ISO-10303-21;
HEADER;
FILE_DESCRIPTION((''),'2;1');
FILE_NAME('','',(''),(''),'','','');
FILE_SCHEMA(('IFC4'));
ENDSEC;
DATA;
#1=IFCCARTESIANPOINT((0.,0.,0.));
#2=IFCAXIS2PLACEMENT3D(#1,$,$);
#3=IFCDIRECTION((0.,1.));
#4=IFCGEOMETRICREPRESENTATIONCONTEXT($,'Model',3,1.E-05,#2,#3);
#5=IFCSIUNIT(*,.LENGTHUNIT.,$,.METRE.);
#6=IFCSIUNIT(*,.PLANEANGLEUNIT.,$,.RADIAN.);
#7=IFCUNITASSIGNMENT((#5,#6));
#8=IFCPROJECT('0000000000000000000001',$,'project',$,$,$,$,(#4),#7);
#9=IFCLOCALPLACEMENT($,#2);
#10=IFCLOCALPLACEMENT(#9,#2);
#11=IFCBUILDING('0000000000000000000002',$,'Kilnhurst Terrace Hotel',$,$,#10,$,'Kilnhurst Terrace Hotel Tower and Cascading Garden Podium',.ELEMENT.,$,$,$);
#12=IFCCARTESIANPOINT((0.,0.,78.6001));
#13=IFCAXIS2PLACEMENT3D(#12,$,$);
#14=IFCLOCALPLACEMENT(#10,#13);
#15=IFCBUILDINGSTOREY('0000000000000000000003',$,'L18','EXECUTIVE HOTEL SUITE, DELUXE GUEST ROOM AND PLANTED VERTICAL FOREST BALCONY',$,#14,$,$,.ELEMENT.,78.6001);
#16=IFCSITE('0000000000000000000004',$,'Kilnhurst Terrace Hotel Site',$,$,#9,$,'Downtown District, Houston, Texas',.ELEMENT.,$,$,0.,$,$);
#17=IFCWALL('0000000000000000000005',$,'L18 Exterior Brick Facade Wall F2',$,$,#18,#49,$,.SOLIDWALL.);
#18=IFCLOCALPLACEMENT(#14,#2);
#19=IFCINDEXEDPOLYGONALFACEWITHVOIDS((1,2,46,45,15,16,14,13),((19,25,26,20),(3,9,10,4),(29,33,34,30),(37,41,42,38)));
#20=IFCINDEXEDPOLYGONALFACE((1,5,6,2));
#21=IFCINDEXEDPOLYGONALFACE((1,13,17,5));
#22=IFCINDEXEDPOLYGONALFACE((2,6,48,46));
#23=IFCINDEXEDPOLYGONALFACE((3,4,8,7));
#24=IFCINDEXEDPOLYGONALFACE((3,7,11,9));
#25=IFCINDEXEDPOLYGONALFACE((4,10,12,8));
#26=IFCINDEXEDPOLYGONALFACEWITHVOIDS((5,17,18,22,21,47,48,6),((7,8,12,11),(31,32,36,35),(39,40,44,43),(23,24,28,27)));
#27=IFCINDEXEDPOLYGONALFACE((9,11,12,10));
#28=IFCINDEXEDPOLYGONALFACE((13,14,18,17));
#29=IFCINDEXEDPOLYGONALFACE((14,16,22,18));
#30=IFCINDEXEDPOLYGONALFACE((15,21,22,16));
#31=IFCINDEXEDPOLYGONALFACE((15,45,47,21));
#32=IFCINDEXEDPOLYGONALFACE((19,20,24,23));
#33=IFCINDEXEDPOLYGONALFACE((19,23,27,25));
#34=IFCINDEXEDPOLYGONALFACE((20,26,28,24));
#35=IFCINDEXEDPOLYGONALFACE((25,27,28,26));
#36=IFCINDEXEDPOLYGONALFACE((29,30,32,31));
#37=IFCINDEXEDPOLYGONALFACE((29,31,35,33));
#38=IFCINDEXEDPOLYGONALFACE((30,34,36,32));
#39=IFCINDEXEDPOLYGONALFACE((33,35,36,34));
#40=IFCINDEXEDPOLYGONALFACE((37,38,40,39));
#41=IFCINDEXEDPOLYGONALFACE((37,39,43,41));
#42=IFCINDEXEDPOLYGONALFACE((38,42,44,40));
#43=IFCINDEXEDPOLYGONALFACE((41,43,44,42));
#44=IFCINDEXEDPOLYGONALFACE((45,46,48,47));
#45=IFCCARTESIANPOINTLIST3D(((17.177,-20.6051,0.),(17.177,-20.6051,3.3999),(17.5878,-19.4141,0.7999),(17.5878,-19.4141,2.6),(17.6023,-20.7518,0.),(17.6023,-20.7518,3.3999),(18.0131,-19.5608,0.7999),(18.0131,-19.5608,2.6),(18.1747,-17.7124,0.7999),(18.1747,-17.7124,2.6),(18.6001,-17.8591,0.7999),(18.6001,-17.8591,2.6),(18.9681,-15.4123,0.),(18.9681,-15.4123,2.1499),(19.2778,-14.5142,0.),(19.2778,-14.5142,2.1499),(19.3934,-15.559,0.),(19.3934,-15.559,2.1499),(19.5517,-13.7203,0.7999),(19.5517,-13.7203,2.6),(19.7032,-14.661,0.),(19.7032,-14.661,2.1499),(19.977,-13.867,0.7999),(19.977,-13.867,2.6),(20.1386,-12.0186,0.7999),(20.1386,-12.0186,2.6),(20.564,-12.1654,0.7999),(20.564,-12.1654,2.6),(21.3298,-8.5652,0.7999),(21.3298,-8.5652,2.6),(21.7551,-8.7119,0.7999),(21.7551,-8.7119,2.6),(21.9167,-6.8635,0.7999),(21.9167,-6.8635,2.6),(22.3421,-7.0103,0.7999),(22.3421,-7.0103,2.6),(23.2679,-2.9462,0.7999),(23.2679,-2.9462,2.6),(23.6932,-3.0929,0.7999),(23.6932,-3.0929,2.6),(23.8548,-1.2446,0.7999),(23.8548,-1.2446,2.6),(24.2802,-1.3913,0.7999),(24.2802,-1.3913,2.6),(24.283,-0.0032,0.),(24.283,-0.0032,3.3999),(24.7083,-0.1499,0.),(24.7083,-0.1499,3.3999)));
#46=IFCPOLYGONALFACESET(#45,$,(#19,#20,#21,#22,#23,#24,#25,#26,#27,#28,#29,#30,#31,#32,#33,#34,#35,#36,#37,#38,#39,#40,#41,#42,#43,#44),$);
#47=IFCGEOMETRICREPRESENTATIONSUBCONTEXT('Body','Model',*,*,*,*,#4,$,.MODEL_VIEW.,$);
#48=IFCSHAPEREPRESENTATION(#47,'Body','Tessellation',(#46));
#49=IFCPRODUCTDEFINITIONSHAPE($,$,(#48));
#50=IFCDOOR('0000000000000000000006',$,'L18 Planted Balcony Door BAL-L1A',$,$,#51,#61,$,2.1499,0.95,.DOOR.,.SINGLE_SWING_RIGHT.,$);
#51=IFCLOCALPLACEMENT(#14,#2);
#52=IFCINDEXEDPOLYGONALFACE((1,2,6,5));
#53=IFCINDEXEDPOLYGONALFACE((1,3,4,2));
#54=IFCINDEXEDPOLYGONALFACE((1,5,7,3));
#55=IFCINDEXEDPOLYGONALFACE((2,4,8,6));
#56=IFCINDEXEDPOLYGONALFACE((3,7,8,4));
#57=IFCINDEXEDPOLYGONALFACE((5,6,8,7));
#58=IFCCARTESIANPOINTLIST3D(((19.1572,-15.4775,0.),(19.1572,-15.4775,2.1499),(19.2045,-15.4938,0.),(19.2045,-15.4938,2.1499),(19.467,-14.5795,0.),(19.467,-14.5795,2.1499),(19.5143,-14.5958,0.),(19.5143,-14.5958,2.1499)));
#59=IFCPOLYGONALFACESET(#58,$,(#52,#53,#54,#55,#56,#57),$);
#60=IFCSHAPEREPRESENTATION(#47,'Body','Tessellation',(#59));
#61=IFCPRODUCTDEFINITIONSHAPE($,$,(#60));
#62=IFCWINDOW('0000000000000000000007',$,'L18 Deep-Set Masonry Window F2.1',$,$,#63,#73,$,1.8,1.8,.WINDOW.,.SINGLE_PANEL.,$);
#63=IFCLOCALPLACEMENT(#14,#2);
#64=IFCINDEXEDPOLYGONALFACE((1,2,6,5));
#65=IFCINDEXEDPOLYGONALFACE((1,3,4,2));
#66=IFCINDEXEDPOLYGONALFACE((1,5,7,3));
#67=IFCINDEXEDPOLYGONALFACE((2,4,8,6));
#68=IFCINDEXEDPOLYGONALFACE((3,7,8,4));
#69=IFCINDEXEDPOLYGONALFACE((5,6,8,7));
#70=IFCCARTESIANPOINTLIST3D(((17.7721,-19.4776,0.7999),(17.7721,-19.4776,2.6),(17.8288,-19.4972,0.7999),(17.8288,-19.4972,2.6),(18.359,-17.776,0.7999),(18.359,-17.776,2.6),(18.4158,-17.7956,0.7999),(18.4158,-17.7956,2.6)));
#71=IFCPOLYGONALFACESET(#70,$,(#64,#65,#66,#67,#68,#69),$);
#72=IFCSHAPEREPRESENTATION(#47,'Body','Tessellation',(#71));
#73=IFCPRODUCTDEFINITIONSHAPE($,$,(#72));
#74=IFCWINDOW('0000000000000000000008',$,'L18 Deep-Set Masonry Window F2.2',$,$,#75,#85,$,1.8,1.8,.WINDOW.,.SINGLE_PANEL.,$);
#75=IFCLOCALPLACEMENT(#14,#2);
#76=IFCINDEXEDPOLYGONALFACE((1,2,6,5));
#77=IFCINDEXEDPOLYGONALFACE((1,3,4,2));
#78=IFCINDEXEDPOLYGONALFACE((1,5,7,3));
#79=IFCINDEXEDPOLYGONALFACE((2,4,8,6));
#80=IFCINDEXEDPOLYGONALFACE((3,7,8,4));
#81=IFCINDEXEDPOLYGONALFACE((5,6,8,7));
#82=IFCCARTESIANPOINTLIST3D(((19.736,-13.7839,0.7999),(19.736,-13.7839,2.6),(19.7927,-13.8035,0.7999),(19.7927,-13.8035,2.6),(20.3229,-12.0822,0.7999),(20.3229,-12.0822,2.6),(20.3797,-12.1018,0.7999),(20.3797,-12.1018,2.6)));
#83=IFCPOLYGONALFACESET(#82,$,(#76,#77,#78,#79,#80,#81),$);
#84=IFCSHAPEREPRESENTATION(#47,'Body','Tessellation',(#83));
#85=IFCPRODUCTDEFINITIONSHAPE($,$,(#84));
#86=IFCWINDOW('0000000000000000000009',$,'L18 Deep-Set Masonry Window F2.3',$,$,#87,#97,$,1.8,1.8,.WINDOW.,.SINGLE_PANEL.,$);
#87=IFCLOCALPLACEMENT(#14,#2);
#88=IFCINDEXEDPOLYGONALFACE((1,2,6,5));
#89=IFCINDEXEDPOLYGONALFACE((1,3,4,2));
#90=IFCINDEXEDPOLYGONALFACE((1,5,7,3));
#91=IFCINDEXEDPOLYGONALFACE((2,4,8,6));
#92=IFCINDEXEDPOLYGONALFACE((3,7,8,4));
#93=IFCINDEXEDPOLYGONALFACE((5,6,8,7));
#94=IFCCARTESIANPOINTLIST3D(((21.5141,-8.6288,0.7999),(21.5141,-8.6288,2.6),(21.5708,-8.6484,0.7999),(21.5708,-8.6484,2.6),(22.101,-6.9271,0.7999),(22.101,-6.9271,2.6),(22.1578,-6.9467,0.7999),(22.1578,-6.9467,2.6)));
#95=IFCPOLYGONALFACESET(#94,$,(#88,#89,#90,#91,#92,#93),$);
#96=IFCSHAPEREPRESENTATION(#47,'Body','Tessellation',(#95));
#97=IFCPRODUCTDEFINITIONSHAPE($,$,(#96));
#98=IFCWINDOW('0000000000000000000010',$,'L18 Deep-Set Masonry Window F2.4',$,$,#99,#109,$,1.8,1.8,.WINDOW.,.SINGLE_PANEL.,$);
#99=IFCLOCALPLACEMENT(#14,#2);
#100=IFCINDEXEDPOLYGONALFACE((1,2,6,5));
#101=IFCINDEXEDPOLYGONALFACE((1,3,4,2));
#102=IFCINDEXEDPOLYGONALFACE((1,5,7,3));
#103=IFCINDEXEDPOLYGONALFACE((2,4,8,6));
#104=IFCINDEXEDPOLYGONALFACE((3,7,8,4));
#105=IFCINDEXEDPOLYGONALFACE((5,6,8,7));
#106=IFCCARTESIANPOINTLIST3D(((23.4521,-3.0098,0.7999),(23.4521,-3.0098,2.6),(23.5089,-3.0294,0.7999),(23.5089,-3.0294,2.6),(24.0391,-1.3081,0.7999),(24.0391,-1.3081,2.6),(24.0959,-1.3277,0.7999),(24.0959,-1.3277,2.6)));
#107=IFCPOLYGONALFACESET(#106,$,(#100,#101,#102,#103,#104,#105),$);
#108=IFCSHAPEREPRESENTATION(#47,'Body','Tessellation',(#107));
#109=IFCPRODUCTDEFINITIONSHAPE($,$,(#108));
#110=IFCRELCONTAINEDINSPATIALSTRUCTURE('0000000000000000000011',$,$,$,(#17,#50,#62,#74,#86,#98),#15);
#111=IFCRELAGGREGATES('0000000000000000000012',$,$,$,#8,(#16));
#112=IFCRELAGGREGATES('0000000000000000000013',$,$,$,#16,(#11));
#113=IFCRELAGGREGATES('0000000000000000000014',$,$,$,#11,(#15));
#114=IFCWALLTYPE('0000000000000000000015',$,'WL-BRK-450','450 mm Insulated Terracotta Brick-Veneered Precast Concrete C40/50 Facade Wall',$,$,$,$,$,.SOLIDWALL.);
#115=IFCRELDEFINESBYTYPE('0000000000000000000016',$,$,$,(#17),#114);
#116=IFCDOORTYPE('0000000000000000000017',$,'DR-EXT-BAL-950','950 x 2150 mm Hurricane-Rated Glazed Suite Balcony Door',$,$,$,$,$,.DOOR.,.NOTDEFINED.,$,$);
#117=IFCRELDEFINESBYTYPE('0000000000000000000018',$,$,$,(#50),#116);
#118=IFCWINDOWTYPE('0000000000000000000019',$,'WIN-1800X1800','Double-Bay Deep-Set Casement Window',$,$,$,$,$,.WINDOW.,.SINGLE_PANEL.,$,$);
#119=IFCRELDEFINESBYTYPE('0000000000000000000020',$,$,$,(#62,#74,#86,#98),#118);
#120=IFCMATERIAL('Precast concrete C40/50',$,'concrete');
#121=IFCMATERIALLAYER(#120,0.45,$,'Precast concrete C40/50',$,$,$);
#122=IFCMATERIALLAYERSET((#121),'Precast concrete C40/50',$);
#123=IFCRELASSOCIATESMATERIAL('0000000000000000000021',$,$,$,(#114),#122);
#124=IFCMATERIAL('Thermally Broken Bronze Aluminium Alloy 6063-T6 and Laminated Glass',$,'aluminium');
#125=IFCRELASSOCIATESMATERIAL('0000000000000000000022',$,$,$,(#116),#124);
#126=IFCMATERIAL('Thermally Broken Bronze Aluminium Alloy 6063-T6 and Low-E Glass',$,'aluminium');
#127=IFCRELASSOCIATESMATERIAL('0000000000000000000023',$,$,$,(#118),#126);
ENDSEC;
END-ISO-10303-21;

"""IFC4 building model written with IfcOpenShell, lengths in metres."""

from ifc_helpers import new_model, si_unit, direction, frame, frame_2d, origin, place, context, subcontext, project, spatial, rectangle, extrude, material, layer, layer_set, type_object, element, fill, save


model = new_model("IFC4")

# Units and contexts
model_context = context("Model", 3, precision=1e-05, world=origin(), true_north=direction((0.0, 1.0)))
body_context = subcontext(model_context, "Body", "Model", "MODEL_VIEW")
ifc_project = project(units=[si_unit("LENGTHUNIT", "METRE"), si_unit("PLANEANGLEUNIT", "RADIAN")], contexts=[model_context])

# Site, building, storey
site_placement = place(None, origin())
site = spatial("IfcSite", under=ifc_project, at=site_placement, Name="Kilnhurst Terrace Hotel Site", LongName="Downtown District, Houston, Texas", CompositionType="ELEMENT", RefElevation=0.0)
building_placement = place(site_placement, origin())
building = spatial("IfcBuilding", under=site, at=building_placement, Name="Kilnhurst Terrace Hotel", LongName="Kilnhurst Terrace Hotel Tower and Cascading Garden Podium", CompositionType="ELEMENT")
storey_placement = place(building_placement, frame((0.0, 0.0, 78.6001)))
storey = spatial("IfcBuildingStorey", under=building, at=storey_placement, Name="L18", Description="EXECUTIVE HOTEL SUITE, DELUXE GUEST ROOM AND PLANTED VERTICAL FOREST BALCONY", CompositionType="ELEMENT", Elevation=78.6001)

# Shared definitions
ifc_material_1 = material(Name="Precast concrete C40/50", Category="concrete")
ifc_layer_1 = layer(ifc_material_1, 0.45, Name="Precast concrete C40/50")
ifc_layer_set_1 = layer_set([ifc_layer_1], Name="Precast concrete C40/50")
wall_type_1 = type_object("IfcWallType", Name="WL-BRK-450", Description="450 mm Insulated Terracotta Brick-Veneered Precast Concrete C40/50 Facade Wall", PredefinedType="SOLIDWALL", material=ifc_layer_set_1)

# Wall, openings, door, windows
wall_1_placement = place(storey_placement, frame((17.3896, -20.6785, 0.0), z_axis=(0.0, 0.0, 1.0), x_axis=(0.326068, 0.945346, 0.0)))
wall_1 = element("IfcWall", 1, at=wall_1_placement, inside=storey, type_object=wall_type_1, Name="L18 Exterior Brick Facade Wall F2", PredefinedType="SOLIDWALL", context=body_context, shape_type="SweptSolid", body=[
    extrude(rectangle(XDim=21.793, YDim=0.45, at=frame_2d((10.8965, 0.0))), origin(), (0.0, 0.0, 1.0), 3.3999),
])
opening_1_placement = place(wall_1_placement, frame((5.4929, 0.0, 0.0)))
opening_1 = element("IfcOpeningElement", 2, at=opening_1_placement, cuts=wall_1, PredefinedType="OPENING", context=body_context, shape_type="SweptSolid", body=[
    extrude(rectangle(XDim=0.95, YDim=2.1499, at=frame_2d((0.4751, 1.075))), frame((0.0, 0.2349, 0.0), z_axis=(0.0, -1.0, 0.0), x_axis=(1.0, 0.0, 0.0)), (0.0, 0.0, 1.0), 0.47),
])
opening_2_placement = place(wall_1_placement, frame((1.26, 0.0, 0.8)))
opening_2 = element("IfcOpeningElement", 3, at=opening_2_placement, cuts=wall_1, PredefinedType="OPENING", context=body_context, shape_type="SweptSolid", body=[
    extrude(rectangle(XDim=1.8, YDim=1.8, at=frame_2d((0.8999, 0.8999))), frame((0.0, 0.2349, 0.0), z_axis=(0.0, -1.0, 0.0), x_axis=(1.0, 0.0, 0.0)), (0.0, 0.0, 1.0), 0.47),
])
opening_3_placement = place(wall_1_placement, frame((7.283, 0.0, 0.8)))
opening_3 = element("IfcOpeningElement", 4, at=opening_3_placement, cuts=wall_1, PredefinedType="OPENING", context=body_context, shape_type="SweptSolid", body=[
    extrude(rectangle(XDim=1.8, YDim=1.8, at=frame_2d((0.8999, 0.8999))), frame((0.0, 0.2349, 0.0), z_axis=(0.0, -1.0, 0.0), x_axis=(1.0, 0.0, 0.0)), (0.0, 0.0, 1.0), 0.47),
])
opening_4_placement = place(wall_1_placement, frame((12.7361, 0.0, 0.8)))
opening_4 = element("IfcOpeningElement", 5, at=opening_4_placement, cuts=wall_1, PredefinedType="OPENING", context=body_context, shape_type="SweptSolid", body=[
    extrude(rectangle(XDim=1.8, YDim=1.8, at=frame_2d((0.8999, 0.8999))), frame((0.0, 0.2349, 0.0), z_axis=(0.0, -1.0, 0.0), x_axis=(1.0, 0.0, 0.0)), (0.0, 0.0, 1.0), 0.47),
])
opening_5_placement = place(wall_1_placement, frame((18.6799, 0.0, 0.8)))
opening_5 = element("IfcOpeningElement", 6, at=opening_5_placement, cuts=wall_1, PredefinedType="OPENING", context=body_context, shape_type="SweptSolid", body=[
    extrude(rectangle(XDim=1.8, YDim=1.8, at=frame_2d((0.8999, 0.8999))), frame((0.0, 0.2349, 0.0), z_axis=(0.0, -1.0, 0.0), x_axis=(1.0, 0.0, 0.0)), (0.0, 0.0, 1.0), 0.47),
])
ifc_material_2 = material(Name="Thermally Broken Bronze Aluminium Alloy 6063-T6 and Laminated Glass", Category="aluminium")
door_type_1 = type_object("IfcDoorType", Name="DR-EXT-BAL-950", Description="950 x 2150 mm Hurricane-Rated Glazed Suite Balcony Door", OperationType="NOTDEFINED", PredefinedType="DOOR", material=ifc_material_2)
door_1_placement = place(opening_1_placement, origin())
door_1 = element("IfcDoor", 7, at=door_1_placement, inside=storey, type_object=door_type_1, Name="L18 Planted Balcony Door BAL-L1A", OperationType="SINGLE_SWING_RIGHT", OverallHeight=2.1499, OverallWidth=0.95, PredefinedType="DOOR", context=body_context, shape_type="SweptSolid", body=[
    extrude(rectangle(XDim=0.95, YDim=2.1499, at=frame_2d((0.4751, 1.075))), frame((0.0, 0.0249, 0.0), z_axis=(0.0, -1.0, 0.0), x_axis=(1.0, 0.0, 0.0)), (0.0, 0.0, 1.0), 0.05),
])
fill(opening_1, door_1)
ifc_material_3 = material(Name="Thermally Broken Bronze Aluminium Alloy 6063-T6 and Low-E Glass", Category="aluminium")
window_type = type_object("IfcWindowType", Name="WIN-1800X1800", Description="Double-Bay Deep-Set Casement Window", PartitioningType="SINGLE_PANEL", PredefinedType="WINDOW", material=ifc_material_3)
window_1_placement = place(opening_2_placement, origin())
window_1 = element("IfcWindow", 8, at=window_1_placement, inside=storey, type_object=window_type, Name="L18 Deep-Set Masonry Window F2.1", OverallHeight=1.8, OverallWidth=1.8, PartitioningType="SINGLE_PANEL", PredefinedType="WINDOW", context=body_context, shape_type="SweptSolid", body=[
    extrude(rectangle(XDim=1.8, YDim=1.8, at=frame_2d((0.8999, 0.8999))), frame((0.0, 0.03, 0.0), z_axis=(0.0, -1.0, 0.0), x_axis=(1.0, 0.0, 0.0)), (0.0, 0.0, 1.0), 0.0601),
])
fill(opening_2, window_1)
window_2_placement = place(opening_3_placement, origin())
window_2 = element("IfcWindow", 9, at=window_2_placement, inside=storey, type_object=window_type, Name="L18 Deep-Set Masonry Window F2.2", OverallHeight=1.8, OverallWidth=1.8, PartitioningType="SINGLE_PANEL", PredefinedType="WINDOW", context=body_context, shape_type="SweptSolid", body=[
    extrude(rectangle(XDim=1.8, YDim=1.8, at=frame_2d((0.8999, 0.8999))), frame((0.0, 0.03, 0.0), z_axis=(0.0, -1.0, 0.0), x_axis=(1.0, 0.0, 0.0)), (0.0, 0.0, 1.0), 0.0601),
])
fill(opening_3, window_2)
window_3_placement = place(opening_4_placement, origin())
window_3 = element("IfcWindow", 10, at=window_3_placement, inside=storey, type_object=window_type, Name="L18 Deep-Set Masonry Window F2.3", OverallHeight=1.8, OverallWidth=1.8, PartitioningType="SINGLE_PANEL", PredefinedType="WINDOW", context=body_context, shape_type="SweptSolid", body=[
    extrude(rectangle(XDim=1.8, YDim=1.8, at=frame_2d((0.8999, 0.8999))), frame((0.0, 0.03, 0.0), z_axis=(0.0, -1.0, 0.0), x_axis=(1.0, 0.0, 0.0)), (0.0, 0.0, 1.0), 0.0601),
])
fill(opening_4, window_3)
window_4_placement = place(opening_5_placement, origin())
window_4 = element("IfcWindow", 11, at=window_4_placement, inside=storey, type_object=window_type, Name="L18 Deep-Set Masonry Window F2.4", OverallHeight=1.8, OverallWidth=1.8, PartitioningType="SINGLE_PANEL", PredefinedType="WINDOW", context=body_context, shape_type="SweptSolid", body=[
    extrude(rectangle(XDim=1.8, YDim=1.8, at=frame_2d((0.8999, 0.8999))), frame((0.0, 0.03, 0.0), z_axis=(0.0, -1.0, 0.0), x_axis=(1.0, 0.0, 0.0)), (0.0, 0.0, 1.0), 0.0601),
])
fill(opening_5, window_4)

save(model, "model.ifc")
